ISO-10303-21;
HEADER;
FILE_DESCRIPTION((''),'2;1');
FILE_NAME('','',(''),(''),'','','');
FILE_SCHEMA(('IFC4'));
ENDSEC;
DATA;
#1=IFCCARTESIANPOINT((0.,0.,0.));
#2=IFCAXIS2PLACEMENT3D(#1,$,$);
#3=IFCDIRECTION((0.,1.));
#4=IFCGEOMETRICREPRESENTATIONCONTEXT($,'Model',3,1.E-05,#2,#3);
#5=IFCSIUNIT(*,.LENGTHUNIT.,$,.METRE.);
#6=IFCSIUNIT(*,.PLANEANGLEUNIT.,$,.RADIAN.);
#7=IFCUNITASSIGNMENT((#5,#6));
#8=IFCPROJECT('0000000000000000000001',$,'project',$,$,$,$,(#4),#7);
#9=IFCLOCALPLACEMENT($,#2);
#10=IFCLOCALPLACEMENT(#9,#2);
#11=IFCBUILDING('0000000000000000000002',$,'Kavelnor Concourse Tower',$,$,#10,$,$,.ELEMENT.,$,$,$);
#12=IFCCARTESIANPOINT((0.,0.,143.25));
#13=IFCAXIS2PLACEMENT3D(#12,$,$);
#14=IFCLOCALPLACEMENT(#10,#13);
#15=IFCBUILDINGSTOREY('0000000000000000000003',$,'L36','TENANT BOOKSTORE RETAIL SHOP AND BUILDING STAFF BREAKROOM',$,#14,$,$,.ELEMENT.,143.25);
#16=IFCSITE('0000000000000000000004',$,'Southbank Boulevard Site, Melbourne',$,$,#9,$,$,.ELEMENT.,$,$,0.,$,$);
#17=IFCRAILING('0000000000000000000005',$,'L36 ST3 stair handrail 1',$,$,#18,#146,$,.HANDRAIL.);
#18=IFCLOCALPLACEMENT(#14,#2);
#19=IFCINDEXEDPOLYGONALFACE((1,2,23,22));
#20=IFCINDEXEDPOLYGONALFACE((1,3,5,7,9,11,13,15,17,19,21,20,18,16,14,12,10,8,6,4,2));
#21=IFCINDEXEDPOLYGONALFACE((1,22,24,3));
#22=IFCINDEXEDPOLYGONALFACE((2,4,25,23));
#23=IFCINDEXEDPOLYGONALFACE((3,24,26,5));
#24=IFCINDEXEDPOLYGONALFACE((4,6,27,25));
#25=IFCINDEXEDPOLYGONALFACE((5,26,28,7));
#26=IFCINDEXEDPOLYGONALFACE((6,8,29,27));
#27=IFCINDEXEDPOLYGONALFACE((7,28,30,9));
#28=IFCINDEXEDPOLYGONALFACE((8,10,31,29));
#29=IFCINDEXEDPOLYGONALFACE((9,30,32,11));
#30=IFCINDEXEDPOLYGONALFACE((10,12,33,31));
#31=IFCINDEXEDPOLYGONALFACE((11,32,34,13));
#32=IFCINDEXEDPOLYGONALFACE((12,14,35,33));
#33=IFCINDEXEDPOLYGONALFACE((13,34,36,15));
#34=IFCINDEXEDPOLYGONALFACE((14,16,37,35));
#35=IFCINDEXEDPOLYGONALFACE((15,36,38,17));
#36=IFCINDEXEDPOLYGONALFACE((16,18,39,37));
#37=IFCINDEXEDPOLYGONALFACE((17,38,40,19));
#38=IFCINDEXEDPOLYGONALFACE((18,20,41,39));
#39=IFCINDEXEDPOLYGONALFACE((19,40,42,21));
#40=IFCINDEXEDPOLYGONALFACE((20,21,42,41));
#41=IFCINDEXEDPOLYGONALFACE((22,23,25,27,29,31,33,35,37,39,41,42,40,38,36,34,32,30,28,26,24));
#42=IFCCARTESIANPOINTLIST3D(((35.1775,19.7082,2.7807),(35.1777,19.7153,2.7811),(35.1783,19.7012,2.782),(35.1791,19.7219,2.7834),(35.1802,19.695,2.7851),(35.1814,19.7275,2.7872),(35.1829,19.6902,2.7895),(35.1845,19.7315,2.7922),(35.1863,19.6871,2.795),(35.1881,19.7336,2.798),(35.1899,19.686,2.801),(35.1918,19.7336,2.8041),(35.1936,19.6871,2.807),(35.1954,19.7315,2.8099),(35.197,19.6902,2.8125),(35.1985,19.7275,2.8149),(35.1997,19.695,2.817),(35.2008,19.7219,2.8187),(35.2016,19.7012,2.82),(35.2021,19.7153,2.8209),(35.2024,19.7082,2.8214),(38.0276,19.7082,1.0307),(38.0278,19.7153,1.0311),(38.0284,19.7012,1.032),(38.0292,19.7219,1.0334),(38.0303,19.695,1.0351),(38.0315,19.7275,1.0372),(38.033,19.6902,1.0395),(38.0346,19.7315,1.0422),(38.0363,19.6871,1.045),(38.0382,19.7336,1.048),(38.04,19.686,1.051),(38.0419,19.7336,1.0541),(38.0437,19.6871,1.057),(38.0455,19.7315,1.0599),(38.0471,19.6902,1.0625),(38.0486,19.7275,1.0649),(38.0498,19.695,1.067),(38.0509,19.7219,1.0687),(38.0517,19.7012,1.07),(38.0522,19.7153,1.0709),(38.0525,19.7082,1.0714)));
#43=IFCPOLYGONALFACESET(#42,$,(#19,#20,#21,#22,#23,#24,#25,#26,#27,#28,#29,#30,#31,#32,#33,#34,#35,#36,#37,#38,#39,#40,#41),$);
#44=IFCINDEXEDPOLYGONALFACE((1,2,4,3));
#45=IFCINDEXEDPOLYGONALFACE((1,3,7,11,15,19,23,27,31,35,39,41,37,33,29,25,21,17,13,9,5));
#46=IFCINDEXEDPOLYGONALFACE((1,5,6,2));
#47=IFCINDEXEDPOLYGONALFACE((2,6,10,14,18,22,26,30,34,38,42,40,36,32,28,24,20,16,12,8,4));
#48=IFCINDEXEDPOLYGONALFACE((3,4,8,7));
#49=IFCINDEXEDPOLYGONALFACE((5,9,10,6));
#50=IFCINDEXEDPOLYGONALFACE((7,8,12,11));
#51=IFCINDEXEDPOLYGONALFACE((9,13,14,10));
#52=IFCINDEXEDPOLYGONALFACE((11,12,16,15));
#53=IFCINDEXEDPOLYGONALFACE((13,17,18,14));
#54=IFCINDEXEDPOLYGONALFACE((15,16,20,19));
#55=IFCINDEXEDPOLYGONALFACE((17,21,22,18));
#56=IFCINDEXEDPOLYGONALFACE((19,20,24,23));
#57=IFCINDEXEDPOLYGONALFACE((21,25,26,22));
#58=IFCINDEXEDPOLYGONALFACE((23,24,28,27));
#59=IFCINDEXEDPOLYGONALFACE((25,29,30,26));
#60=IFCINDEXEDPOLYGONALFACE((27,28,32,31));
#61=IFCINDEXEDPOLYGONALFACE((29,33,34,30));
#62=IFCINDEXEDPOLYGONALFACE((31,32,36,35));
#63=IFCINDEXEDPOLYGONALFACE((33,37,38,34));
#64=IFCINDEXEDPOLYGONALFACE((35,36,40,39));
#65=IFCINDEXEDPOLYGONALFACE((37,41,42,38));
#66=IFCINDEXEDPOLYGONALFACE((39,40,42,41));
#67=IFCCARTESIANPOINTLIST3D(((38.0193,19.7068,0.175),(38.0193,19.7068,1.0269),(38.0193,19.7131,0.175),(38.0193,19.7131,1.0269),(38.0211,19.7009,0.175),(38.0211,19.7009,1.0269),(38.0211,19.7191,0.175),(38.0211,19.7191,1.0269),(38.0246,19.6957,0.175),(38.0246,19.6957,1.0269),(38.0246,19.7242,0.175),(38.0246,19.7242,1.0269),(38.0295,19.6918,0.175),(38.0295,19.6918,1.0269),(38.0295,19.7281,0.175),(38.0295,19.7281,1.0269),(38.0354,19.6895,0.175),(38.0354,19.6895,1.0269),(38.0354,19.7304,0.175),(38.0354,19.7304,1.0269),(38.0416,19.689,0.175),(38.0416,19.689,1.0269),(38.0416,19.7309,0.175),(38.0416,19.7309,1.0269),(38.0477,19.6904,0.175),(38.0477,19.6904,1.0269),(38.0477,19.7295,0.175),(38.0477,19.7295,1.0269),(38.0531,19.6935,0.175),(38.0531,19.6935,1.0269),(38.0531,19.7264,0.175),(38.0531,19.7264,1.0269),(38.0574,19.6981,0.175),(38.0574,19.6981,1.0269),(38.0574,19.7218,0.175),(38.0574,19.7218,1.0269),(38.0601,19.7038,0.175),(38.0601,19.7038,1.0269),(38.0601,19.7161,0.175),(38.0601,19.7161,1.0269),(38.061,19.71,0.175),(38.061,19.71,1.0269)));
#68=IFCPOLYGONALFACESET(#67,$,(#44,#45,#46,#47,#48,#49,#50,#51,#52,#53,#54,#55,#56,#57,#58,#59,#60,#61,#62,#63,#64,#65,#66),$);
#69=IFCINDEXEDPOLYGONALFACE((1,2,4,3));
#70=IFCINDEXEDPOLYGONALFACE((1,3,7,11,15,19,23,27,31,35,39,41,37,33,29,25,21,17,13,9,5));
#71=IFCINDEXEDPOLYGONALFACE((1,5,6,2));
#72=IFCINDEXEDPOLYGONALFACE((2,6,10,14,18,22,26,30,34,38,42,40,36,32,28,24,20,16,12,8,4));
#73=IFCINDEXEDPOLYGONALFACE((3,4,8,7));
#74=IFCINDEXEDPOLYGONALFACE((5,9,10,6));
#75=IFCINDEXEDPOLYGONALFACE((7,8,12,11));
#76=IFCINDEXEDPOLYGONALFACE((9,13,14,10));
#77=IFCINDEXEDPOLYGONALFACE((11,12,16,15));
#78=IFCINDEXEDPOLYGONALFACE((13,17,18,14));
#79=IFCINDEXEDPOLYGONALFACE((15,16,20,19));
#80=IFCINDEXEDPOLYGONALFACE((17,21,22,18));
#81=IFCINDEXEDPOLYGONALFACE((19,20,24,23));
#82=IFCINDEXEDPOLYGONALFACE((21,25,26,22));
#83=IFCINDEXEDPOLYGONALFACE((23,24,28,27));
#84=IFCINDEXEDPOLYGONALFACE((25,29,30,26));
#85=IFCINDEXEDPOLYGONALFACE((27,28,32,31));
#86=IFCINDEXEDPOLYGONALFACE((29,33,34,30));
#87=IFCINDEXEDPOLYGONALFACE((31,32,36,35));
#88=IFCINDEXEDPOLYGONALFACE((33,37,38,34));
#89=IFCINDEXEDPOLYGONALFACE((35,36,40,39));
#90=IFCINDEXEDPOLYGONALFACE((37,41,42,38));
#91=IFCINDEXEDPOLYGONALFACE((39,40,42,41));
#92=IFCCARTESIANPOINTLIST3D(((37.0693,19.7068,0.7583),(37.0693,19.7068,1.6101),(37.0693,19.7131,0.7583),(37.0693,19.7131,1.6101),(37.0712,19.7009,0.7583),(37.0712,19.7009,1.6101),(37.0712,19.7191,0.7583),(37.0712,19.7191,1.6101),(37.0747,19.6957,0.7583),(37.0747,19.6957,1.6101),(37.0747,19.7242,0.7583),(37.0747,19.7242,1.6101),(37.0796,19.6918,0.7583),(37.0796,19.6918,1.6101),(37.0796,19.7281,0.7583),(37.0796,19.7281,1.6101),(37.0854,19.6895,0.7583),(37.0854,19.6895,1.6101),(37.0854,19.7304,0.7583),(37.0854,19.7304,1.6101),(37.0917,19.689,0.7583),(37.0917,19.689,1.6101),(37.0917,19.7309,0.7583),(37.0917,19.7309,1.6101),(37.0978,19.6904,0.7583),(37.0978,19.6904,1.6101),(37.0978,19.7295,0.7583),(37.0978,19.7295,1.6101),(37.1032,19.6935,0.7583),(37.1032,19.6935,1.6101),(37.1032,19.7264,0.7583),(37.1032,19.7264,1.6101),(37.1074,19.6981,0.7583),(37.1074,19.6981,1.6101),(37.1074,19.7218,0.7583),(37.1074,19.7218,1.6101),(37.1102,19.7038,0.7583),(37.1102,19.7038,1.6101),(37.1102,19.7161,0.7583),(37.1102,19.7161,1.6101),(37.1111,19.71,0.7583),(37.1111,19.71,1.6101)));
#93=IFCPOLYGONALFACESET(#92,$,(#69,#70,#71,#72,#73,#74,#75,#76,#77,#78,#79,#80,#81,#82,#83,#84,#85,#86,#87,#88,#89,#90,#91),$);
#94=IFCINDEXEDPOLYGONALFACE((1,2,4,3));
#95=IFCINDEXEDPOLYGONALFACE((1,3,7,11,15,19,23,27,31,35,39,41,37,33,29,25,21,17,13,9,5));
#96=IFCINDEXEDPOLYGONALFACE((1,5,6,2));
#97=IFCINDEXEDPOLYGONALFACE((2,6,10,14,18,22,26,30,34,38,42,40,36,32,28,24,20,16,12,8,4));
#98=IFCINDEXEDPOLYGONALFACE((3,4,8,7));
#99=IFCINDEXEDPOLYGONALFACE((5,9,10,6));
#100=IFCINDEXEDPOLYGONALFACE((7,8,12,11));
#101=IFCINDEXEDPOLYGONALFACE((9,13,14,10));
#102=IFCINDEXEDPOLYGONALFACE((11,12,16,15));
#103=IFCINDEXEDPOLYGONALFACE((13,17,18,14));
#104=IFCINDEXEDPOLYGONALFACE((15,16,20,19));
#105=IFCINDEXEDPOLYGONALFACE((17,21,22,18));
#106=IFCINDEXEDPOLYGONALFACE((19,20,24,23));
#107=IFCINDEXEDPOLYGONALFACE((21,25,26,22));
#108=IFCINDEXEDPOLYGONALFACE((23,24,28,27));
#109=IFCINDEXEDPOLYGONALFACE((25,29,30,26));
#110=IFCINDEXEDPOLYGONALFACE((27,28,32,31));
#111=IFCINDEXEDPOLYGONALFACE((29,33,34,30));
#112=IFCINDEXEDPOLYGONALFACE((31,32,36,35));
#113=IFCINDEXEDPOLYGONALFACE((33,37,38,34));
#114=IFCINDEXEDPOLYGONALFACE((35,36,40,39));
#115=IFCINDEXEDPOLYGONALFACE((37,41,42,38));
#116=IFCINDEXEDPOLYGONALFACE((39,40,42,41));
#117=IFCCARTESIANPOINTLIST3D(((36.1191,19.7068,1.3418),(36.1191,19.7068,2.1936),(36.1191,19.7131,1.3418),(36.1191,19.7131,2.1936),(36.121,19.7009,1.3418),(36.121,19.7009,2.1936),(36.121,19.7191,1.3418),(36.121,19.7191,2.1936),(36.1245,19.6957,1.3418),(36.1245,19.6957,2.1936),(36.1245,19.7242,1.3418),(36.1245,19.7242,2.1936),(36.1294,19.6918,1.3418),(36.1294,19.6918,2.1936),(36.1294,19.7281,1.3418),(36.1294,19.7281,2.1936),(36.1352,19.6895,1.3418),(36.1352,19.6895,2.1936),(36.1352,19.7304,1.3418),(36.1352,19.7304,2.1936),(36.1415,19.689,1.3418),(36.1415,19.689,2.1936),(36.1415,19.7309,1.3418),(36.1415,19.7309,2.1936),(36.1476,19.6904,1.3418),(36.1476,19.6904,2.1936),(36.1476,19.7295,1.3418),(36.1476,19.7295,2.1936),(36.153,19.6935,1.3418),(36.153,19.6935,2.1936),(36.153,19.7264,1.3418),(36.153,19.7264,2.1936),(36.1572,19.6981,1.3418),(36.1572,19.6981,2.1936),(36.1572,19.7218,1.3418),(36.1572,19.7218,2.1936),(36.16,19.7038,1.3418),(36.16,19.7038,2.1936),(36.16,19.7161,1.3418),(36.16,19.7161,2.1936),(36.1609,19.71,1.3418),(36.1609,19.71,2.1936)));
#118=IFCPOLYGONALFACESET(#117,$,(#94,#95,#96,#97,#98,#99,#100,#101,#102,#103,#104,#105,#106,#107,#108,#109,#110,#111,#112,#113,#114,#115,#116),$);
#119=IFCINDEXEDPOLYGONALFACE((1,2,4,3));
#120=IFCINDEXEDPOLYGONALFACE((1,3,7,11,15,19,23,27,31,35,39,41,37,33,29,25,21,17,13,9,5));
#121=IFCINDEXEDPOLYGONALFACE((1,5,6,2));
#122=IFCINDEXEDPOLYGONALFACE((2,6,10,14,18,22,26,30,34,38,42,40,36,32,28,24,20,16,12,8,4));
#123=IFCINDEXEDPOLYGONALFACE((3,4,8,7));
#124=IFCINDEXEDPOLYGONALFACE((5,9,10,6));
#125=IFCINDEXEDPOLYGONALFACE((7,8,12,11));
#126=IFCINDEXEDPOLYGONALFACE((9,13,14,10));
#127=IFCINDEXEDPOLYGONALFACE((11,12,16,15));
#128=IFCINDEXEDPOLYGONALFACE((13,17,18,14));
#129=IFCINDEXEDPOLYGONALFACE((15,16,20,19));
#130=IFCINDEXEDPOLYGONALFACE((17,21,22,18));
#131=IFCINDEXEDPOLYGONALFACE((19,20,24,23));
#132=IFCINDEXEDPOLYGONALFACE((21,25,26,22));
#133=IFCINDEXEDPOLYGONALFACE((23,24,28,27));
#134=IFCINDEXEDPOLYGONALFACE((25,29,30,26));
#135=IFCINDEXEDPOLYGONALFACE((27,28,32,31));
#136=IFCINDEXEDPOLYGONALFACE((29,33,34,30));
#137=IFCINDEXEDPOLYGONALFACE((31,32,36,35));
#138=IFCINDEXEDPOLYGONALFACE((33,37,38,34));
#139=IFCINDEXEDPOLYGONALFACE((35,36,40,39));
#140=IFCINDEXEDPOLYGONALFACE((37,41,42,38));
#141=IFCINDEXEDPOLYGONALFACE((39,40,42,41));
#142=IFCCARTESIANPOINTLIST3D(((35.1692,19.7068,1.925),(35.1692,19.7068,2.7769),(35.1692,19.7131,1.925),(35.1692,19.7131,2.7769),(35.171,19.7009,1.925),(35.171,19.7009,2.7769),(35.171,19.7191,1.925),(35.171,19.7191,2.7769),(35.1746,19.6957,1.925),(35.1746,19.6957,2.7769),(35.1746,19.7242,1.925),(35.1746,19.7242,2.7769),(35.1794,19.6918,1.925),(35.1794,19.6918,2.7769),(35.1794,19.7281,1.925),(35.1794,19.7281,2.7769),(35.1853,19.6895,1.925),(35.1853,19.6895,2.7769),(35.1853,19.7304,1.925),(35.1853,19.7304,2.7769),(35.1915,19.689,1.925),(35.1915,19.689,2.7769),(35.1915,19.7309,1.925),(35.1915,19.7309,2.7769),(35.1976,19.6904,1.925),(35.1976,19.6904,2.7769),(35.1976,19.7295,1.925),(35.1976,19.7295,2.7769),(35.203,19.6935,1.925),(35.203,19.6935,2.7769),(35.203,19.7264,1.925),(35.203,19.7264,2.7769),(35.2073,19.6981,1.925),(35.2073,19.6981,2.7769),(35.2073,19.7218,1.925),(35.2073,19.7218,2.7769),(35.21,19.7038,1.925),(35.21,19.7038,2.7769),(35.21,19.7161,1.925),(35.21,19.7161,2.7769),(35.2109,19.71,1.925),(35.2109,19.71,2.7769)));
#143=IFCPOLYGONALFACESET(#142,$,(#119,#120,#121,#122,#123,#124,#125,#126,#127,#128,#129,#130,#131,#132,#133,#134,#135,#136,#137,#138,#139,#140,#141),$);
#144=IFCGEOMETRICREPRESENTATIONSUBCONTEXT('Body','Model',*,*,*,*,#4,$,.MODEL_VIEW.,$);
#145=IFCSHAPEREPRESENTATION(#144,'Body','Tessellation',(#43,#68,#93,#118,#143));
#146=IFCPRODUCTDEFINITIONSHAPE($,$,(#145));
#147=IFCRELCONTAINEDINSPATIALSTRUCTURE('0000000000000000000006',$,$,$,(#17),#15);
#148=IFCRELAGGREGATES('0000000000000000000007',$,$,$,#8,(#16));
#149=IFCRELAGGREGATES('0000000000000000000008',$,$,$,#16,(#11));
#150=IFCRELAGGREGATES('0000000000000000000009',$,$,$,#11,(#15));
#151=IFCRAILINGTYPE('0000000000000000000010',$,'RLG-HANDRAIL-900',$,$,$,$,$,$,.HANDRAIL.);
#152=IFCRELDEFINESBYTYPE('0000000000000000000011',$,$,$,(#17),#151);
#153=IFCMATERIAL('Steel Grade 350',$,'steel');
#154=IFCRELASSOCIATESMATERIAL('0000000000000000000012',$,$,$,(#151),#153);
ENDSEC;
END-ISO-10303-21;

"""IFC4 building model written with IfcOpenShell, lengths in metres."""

from ifc_helpers import new_model, si_unit, direction, frame, origin, origin_2d, place, context, subcontext, project, spatial, circle, extrude, material, type_object, element, save


model = new_model("IFC4")

# Units and contexts
model_context = context("Model", 3, precision=1e-05, world=origin(), true_north=direction((0.0, 1.0)))
body_context = subcontext(model_context, "Body", "Model", "MODEL_VIEW")
ifc_project = project(units=[si_unit("LENGTHUNIT", "METRE"), si_unit("PLANEANGLEUNIT", "RADIAN")], contexts=[model_context])

# Site, building, storey
site_placement = place(None, origin())
site = spatial("IfcSite", under=ifc_project, at=site_placement, Name="Southbank Boulevard Site, Melbourne", CompositionType="ELEMENT", RefElevation=0.0)
building_placement = place(site_placement, origin())
building = spatial("IfcBuilding", under=site, at=building_placement, Name="Kavelnor Concourse Tower", CompositionType="ELEMENT")
storey_placement = place(building_placement, frame((0.0, 0.0, 143.25)))
storey = spatial("IfcBuildingStorey", under=building, at=storey_placement, Name="L36", Description="TENANT BOOKSTORE RETAIL SHOP AND BUILDING STAFF BREAKROOM", CompositionType="ELEMENT", Elevation=143.25)

# Shared definitions
ifc_material_1 = material(Name="Steel Grade 350", Category="steel")

# Railing
railing_type_1 = type_object("IfcRailingType", Name="RLG-HANDRAIL-900", PredefinedType="HANDRAIL", material=ifc_material_1)
railing_1_placement = place(storey_placement, frame((38.04, 19.71, 0.175)))
element("IfcRailing", 1, at=railing_1_placement, inside=storey, type_object=railing_type_1, Name="L36 ST3 stair handrail 1", PredefinedType="HANDRAIL", context=body_context, shape_type="SweptSolid", body=[
    extrude(circle(Radius=0.0239, at=origin_2d()), frame((0.0, 0.0, 0.876), z_axis=(-0.852179, 0.0, 0.52325), x_axis=(0.0, -1.0, 0.0)), (0.0, 0.0, 1.0), 3.3445),
    extrude(circle(Radius=0.021, at=origin_2d()), origin(), (0.0, 0.0, 1.0), 0.8518),
    extrude(circle(Radius=0.021, at=origin_2d()), frame((-0.95, 0.0, 0.5833)), (0.0, 0.0, 1.0), 0.8518),
    extrude(circle(Radius=0.021, at=origin_2d()), frame((-1.9001, 0.0, 1.1667)), (0.0, 0.0, 1.0), 0.8518),
    extrude(circle(Radius=0.021, at=origin_2d()), frame((-2.8501, 0.0, 1.75)), (0.0, 0.0, 1.0), 0.8518),
])

save(model, "model.ifc")
